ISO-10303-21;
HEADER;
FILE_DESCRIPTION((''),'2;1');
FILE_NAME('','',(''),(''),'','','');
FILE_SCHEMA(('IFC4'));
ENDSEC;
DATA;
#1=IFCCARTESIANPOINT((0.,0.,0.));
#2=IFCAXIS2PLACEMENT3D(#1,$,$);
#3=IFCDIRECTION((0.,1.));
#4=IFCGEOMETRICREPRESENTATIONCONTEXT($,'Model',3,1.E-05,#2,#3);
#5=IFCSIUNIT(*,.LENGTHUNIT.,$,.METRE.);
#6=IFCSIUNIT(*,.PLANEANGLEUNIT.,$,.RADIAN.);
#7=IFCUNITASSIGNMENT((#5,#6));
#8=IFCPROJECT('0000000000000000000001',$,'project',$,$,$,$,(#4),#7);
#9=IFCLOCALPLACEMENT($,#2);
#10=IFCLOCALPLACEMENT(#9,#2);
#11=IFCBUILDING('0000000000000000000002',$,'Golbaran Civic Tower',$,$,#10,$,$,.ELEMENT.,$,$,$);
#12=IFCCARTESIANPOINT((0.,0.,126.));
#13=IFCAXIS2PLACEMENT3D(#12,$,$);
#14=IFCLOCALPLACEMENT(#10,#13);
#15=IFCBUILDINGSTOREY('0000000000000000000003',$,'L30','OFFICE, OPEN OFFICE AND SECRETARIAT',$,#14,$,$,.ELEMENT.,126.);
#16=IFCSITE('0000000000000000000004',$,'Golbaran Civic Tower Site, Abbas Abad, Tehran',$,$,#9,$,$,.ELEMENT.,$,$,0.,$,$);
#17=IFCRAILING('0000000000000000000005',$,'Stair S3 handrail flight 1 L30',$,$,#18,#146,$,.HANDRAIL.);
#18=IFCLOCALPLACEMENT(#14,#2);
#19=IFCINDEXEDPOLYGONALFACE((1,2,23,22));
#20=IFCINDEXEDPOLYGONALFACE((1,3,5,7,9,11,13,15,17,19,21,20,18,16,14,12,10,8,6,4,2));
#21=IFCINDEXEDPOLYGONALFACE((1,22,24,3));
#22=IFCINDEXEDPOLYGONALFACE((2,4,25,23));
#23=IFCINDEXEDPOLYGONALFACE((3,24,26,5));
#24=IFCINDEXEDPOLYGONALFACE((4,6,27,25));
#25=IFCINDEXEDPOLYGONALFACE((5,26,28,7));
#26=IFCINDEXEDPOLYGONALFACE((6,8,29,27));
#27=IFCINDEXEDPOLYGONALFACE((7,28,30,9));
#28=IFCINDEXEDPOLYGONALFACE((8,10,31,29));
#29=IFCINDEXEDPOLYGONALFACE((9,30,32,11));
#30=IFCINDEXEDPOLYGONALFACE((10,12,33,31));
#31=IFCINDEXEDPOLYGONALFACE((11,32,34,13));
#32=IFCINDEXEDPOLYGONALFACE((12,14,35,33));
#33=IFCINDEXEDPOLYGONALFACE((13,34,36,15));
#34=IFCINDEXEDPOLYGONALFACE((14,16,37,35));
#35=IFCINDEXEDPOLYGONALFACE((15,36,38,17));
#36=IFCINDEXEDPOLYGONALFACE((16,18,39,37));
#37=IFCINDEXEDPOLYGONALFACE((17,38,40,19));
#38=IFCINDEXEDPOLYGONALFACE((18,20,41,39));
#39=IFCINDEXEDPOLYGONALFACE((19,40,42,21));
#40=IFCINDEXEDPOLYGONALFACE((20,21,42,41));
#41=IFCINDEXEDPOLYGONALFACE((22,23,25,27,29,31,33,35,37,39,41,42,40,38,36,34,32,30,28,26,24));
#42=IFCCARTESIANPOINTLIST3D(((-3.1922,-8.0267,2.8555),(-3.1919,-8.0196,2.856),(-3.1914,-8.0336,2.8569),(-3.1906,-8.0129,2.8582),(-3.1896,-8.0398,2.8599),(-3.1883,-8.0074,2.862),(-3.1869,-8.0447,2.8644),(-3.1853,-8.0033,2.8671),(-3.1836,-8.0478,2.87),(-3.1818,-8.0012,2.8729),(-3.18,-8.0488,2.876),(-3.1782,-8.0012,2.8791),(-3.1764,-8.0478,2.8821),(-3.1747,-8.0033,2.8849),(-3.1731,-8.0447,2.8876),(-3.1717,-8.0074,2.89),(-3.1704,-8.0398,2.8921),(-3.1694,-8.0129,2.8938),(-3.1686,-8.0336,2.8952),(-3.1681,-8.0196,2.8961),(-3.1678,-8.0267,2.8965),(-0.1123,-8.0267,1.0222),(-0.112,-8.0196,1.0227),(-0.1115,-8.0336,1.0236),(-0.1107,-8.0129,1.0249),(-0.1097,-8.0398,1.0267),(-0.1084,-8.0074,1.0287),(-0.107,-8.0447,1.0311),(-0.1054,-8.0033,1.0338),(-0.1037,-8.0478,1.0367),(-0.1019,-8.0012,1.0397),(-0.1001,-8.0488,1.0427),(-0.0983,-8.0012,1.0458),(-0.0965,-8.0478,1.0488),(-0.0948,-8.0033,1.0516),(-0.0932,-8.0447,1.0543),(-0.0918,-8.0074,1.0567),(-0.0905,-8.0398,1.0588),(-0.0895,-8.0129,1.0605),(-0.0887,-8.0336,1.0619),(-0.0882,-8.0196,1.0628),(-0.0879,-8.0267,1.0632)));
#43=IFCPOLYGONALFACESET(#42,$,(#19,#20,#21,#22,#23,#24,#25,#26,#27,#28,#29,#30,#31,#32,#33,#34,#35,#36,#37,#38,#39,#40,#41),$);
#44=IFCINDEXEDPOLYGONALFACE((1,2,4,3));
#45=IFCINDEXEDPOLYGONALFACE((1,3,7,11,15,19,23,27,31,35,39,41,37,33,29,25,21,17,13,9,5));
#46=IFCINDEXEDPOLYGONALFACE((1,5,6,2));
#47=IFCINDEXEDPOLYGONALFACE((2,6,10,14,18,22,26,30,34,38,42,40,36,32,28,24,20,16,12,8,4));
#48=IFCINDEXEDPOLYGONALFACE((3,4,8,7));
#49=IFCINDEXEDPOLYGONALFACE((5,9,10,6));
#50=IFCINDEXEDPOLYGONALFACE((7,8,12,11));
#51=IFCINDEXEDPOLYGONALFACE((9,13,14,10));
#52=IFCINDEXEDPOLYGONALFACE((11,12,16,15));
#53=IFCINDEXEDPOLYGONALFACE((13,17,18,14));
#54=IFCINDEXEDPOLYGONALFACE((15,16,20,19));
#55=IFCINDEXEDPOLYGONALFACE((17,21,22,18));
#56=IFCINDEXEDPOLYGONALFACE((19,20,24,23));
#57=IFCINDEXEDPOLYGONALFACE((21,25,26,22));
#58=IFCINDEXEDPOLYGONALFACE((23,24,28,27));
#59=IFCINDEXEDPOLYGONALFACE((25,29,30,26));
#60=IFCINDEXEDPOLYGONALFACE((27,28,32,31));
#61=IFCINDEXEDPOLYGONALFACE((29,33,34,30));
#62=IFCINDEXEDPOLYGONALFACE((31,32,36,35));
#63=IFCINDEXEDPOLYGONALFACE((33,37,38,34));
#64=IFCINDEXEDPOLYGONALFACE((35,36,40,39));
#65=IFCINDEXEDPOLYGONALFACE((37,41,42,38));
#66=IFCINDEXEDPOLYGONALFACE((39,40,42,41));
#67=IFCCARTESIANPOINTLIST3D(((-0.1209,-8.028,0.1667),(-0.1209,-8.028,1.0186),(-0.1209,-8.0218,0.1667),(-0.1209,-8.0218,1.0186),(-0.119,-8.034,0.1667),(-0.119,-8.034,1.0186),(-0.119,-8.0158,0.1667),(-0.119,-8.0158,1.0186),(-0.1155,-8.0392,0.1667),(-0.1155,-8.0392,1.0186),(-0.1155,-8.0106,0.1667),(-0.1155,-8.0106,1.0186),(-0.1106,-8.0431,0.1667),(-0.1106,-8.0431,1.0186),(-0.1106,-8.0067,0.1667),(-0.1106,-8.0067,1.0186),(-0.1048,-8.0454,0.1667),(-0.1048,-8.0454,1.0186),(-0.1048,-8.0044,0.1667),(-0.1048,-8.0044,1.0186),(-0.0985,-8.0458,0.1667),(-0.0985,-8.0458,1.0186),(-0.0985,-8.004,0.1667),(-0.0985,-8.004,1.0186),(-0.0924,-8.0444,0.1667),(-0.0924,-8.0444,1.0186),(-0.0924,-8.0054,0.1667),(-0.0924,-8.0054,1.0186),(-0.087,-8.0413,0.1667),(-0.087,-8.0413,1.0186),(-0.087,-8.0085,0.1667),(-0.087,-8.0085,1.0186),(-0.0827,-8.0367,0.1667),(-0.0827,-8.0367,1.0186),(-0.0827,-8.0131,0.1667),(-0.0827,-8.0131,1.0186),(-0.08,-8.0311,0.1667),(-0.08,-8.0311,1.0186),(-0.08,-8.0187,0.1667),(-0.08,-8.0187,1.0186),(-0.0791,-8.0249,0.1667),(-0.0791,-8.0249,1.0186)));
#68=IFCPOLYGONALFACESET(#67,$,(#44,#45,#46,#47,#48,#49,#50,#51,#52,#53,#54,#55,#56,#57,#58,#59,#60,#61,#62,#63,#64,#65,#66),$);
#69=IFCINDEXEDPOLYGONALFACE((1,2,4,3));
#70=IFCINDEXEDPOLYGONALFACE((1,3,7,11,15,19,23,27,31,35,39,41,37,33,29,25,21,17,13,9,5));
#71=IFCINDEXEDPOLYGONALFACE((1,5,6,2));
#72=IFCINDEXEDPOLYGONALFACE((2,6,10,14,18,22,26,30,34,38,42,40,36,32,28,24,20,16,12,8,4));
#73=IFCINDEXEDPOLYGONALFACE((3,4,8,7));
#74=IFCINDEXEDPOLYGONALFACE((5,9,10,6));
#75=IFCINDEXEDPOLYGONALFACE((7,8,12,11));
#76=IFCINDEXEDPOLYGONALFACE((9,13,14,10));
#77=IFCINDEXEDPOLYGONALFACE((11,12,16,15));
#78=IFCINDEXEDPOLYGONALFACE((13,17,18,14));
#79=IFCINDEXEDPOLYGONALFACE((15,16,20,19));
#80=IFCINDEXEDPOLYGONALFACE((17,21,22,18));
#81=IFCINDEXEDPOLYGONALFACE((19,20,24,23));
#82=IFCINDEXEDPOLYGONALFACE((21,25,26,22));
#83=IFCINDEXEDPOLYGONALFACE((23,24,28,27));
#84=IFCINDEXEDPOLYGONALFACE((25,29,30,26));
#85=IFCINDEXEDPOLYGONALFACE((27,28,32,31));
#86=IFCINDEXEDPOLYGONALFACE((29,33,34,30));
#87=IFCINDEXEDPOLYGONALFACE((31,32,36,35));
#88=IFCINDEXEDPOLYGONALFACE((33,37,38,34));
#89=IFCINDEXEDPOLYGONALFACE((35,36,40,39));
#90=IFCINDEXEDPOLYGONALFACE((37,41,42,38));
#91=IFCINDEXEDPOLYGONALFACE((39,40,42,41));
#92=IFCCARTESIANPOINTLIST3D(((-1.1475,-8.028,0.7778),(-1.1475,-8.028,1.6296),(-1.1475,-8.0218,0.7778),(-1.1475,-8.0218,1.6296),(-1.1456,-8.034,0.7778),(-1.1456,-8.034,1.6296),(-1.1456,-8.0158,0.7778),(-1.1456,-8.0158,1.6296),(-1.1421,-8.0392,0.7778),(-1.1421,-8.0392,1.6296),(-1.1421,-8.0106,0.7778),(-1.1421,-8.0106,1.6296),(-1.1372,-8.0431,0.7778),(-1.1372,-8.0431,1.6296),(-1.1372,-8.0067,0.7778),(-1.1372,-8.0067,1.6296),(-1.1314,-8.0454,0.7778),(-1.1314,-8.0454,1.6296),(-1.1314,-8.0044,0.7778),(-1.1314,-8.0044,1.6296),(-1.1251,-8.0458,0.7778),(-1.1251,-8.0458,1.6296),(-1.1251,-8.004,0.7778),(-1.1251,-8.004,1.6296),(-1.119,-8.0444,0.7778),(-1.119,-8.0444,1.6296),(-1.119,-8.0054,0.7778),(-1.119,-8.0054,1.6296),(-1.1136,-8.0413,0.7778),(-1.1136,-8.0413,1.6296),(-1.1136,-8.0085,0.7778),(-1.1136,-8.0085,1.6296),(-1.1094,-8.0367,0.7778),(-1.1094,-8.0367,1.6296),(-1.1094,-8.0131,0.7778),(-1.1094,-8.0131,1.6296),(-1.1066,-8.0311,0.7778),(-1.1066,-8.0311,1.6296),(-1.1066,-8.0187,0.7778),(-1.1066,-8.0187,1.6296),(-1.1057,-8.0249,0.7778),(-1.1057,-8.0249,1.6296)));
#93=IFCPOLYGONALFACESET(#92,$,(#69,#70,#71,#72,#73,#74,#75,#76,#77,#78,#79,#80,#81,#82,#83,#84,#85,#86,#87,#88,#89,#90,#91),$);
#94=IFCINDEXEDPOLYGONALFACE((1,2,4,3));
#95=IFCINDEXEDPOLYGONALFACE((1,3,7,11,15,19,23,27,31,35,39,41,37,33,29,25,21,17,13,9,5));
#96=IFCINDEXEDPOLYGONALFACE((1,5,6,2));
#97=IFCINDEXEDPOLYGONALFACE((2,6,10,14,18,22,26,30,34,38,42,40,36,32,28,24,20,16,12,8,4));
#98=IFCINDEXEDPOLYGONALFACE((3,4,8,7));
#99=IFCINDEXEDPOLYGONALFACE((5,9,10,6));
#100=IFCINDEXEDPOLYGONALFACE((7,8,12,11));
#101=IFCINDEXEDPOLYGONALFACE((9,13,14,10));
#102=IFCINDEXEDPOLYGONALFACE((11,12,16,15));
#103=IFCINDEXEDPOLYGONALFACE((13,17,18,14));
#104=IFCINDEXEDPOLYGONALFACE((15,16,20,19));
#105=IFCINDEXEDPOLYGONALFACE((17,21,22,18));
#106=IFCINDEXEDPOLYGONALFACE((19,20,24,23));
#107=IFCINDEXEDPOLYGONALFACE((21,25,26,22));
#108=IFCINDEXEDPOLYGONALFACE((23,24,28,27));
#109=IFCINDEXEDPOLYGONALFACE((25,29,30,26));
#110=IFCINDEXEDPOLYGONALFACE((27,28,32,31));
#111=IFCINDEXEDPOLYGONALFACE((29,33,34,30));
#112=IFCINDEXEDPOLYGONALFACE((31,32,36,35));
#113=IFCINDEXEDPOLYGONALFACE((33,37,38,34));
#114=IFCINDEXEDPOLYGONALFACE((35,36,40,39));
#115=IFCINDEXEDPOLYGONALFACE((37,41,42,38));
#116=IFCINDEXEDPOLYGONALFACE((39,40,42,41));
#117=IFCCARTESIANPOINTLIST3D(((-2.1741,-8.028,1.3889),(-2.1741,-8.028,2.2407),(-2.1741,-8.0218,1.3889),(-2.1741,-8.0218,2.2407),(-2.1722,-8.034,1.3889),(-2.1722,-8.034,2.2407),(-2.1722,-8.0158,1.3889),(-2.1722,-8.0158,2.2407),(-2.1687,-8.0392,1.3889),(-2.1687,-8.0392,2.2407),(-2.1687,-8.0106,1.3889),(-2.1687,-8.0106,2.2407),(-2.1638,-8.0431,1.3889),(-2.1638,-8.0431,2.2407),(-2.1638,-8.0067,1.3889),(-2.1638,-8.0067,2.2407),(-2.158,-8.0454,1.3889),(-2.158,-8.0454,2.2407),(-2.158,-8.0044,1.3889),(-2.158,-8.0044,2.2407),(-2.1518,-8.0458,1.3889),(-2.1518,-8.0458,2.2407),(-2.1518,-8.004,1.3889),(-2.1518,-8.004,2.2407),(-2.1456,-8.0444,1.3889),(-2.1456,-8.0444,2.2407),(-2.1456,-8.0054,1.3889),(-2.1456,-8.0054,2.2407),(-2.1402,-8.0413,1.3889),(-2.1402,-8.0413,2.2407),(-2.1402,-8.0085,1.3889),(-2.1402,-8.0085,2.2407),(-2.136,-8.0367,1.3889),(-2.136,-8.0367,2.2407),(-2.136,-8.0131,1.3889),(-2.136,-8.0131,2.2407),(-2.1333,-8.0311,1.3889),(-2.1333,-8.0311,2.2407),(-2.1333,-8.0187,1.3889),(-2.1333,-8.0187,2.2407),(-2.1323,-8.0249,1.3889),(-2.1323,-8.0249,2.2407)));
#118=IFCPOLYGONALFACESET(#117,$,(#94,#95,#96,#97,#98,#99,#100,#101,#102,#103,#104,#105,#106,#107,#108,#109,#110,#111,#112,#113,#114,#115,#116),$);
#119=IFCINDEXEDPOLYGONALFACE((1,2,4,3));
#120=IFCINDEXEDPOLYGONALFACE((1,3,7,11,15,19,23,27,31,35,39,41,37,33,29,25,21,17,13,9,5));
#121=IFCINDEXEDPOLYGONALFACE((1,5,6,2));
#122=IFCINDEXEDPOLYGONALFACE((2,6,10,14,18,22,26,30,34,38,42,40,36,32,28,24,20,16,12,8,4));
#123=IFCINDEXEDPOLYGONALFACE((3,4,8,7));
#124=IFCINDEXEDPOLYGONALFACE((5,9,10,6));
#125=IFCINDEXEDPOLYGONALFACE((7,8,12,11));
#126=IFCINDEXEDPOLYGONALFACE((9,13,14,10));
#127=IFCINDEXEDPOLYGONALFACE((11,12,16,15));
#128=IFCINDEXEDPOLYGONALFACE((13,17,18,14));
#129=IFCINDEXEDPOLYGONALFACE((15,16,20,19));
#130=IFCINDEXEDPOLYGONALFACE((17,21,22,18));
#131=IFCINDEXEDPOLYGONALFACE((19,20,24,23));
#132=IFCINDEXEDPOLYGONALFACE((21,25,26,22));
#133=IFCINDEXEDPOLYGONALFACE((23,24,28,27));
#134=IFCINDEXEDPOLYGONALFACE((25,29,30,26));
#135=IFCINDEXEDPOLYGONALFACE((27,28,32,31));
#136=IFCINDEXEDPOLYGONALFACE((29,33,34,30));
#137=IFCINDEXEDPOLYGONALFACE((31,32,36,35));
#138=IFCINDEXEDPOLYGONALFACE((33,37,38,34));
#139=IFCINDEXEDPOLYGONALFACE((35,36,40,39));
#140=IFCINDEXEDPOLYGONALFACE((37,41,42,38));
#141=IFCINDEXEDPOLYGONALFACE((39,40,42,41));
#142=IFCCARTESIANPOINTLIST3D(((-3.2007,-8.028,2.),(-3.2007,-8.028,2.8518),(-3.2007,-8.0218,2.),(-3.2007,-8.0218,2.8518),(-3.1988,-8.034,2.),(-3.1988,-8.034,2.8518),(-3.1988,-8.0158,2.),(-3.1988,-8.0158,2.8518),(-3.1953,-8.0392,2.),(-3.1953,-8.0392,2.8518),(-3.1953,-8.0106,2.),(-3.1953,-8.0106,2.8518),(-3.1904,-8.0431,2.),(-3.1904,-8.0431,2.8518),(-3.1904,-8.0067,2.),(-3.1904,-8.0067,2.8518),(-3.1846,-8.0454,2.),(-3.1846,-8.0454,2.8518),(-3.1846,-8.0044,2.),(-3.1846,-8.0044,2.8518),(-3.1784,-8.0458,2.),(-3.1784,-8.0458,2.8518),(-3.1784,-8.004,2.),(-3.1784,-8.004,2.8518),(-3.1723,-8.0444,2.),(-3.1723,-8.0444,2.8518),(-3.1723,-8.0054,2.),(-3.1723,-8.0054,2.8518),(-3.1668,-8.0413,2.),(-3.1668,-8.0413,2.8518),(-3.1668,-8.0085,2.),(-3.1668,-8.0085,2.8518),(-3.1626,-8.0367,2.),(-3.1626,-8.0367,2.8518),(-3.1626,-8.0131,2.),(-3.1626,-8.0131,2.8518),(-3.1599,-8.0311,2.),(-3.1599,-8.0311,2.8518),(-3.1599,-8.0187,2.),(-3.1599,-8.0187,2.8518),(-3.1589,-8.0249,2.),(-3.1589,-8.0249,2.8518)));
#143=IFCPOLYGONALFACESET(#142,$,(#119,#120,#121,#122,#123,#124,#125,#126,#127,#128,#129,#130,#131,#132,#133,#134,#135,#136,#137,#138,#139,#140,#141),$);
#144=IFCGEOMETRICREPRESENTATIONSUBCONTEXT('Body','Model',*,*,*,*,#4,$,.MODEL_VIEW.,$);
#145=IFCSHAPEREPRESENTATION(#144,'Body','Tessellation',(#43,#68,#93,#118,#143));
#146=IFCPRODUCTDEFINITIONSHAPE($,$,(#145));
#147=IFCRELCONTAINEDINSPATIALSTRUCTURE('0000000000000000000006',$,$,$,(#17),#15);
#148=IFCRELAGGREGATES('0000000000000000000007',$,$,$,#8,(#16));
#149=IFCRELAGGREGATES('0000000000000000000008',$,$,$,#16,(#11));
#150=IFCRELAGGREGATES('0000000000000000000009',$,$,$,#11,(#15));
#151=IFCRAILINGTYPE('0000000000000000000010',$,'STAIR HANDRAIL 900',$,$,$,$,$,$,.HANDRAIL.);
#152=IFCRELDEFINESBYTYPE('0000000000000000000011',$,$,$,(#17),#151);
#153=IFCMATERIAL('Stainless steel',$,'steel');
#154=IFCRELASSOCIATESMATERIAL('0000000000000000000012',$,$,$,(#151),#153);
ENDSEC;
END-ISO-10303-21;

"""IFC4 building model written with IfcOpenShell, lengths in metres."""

from ifc_helpers import new_model, si_unit, direction, frame, origin, origin_2d, place, context, subcontext, project, spatial, circle, extrude, material, type_object, element, save


model = new_model("IFC4")

# Units and contexts
model_context = context("Model", 3, precision=1e-05, world=origin(), true_north=direction((0.0, 1.0)))
body_context = subcontext(model_context, "Body", "Model", "MODEL_VIEW")
ifc_project = project(units=[si_unit("LENGTHUNIT", "METRE"), si_unit("PLANEANGLEUNIT", "RADIAN")], contexts=[model_context])

# Site, building, storey
site_placement = place(None, origin())
site = spatial("IfcSite", under=ifc_project, at=site_placement, Name="Golbaran Civic Tower Site, Abbas Abad, Tehran", CompositionType="ELEMENT", RefElevation=0.0)
building_placement = place(site_placement, origin())
building = spatial("IfcBuilding", under=site, at=building_placement, Name="Golbaran Civic Tower", CompositionType="ELEMENT")
storey_placement = place(building_placement, frame((0.0, 0.0, 126.0)))
storey = spatial("IfcBuildingStorey", under=building, at=storey_placement, Name="L30", Description="OFFICE, OPEN OFFICE AND SECRETARIAT", CompositionType="ELEMENT", Elevation=126.0)

# Shared definitions
ifc_material_1 = material(Name="Stainless steel", Category="steel")

# Railing
railing_type = type_object("IfcRailingType", Name="STAIR HANDRAIL 900", PredefinedType="HANDRAIL", material=ifc_material_1)
railing_1_placement = place(storey_placement, frame((-0.1001, -8.0249, 0.1667)))
element("IfcRailing", 1, at=railing_1_placement, inside=storey, type_object=railing_type, Name="Stair S3 handrail flight 1 L30", PredefinedType="HANDRAIL", context=body_context, shape_type="SweptSolid", body=[
    extrude(circle(Radius=0.0239, at=origin_2d()), frame((0.0, 0.0, 0.876), z_axis=(-0.859291, 0.0, 0.511487), x_axis=(0.0, -1.0, 0.0)), (0.0, 0.0, 1.0), 3.5842),
    extrude(circle(Radius=0.021, at=origin_2d()), origin(), (0.0, 0.0, 1.0), 0.8518),
    extrude(circle(Radius=0.021, at=origin_2d()), frame((-1.0266, 0.0, 0.6111)), (0.0, 0.0, 1.0), 0.8518),
    extrude(circle(Radius=0.021, at=origin_2d()), frame((-2.0532, 0.0, 1.2222)), (0.0, 0.0, 1.0), 0.8518),
    extrude(circle(Radius=0.021, at=origin_2d()), frame((-3.0798, 0.0, 1.8333)), (0.0, 0.0, 1.0), 0.8518),
])

save(model, "model.ifc")
